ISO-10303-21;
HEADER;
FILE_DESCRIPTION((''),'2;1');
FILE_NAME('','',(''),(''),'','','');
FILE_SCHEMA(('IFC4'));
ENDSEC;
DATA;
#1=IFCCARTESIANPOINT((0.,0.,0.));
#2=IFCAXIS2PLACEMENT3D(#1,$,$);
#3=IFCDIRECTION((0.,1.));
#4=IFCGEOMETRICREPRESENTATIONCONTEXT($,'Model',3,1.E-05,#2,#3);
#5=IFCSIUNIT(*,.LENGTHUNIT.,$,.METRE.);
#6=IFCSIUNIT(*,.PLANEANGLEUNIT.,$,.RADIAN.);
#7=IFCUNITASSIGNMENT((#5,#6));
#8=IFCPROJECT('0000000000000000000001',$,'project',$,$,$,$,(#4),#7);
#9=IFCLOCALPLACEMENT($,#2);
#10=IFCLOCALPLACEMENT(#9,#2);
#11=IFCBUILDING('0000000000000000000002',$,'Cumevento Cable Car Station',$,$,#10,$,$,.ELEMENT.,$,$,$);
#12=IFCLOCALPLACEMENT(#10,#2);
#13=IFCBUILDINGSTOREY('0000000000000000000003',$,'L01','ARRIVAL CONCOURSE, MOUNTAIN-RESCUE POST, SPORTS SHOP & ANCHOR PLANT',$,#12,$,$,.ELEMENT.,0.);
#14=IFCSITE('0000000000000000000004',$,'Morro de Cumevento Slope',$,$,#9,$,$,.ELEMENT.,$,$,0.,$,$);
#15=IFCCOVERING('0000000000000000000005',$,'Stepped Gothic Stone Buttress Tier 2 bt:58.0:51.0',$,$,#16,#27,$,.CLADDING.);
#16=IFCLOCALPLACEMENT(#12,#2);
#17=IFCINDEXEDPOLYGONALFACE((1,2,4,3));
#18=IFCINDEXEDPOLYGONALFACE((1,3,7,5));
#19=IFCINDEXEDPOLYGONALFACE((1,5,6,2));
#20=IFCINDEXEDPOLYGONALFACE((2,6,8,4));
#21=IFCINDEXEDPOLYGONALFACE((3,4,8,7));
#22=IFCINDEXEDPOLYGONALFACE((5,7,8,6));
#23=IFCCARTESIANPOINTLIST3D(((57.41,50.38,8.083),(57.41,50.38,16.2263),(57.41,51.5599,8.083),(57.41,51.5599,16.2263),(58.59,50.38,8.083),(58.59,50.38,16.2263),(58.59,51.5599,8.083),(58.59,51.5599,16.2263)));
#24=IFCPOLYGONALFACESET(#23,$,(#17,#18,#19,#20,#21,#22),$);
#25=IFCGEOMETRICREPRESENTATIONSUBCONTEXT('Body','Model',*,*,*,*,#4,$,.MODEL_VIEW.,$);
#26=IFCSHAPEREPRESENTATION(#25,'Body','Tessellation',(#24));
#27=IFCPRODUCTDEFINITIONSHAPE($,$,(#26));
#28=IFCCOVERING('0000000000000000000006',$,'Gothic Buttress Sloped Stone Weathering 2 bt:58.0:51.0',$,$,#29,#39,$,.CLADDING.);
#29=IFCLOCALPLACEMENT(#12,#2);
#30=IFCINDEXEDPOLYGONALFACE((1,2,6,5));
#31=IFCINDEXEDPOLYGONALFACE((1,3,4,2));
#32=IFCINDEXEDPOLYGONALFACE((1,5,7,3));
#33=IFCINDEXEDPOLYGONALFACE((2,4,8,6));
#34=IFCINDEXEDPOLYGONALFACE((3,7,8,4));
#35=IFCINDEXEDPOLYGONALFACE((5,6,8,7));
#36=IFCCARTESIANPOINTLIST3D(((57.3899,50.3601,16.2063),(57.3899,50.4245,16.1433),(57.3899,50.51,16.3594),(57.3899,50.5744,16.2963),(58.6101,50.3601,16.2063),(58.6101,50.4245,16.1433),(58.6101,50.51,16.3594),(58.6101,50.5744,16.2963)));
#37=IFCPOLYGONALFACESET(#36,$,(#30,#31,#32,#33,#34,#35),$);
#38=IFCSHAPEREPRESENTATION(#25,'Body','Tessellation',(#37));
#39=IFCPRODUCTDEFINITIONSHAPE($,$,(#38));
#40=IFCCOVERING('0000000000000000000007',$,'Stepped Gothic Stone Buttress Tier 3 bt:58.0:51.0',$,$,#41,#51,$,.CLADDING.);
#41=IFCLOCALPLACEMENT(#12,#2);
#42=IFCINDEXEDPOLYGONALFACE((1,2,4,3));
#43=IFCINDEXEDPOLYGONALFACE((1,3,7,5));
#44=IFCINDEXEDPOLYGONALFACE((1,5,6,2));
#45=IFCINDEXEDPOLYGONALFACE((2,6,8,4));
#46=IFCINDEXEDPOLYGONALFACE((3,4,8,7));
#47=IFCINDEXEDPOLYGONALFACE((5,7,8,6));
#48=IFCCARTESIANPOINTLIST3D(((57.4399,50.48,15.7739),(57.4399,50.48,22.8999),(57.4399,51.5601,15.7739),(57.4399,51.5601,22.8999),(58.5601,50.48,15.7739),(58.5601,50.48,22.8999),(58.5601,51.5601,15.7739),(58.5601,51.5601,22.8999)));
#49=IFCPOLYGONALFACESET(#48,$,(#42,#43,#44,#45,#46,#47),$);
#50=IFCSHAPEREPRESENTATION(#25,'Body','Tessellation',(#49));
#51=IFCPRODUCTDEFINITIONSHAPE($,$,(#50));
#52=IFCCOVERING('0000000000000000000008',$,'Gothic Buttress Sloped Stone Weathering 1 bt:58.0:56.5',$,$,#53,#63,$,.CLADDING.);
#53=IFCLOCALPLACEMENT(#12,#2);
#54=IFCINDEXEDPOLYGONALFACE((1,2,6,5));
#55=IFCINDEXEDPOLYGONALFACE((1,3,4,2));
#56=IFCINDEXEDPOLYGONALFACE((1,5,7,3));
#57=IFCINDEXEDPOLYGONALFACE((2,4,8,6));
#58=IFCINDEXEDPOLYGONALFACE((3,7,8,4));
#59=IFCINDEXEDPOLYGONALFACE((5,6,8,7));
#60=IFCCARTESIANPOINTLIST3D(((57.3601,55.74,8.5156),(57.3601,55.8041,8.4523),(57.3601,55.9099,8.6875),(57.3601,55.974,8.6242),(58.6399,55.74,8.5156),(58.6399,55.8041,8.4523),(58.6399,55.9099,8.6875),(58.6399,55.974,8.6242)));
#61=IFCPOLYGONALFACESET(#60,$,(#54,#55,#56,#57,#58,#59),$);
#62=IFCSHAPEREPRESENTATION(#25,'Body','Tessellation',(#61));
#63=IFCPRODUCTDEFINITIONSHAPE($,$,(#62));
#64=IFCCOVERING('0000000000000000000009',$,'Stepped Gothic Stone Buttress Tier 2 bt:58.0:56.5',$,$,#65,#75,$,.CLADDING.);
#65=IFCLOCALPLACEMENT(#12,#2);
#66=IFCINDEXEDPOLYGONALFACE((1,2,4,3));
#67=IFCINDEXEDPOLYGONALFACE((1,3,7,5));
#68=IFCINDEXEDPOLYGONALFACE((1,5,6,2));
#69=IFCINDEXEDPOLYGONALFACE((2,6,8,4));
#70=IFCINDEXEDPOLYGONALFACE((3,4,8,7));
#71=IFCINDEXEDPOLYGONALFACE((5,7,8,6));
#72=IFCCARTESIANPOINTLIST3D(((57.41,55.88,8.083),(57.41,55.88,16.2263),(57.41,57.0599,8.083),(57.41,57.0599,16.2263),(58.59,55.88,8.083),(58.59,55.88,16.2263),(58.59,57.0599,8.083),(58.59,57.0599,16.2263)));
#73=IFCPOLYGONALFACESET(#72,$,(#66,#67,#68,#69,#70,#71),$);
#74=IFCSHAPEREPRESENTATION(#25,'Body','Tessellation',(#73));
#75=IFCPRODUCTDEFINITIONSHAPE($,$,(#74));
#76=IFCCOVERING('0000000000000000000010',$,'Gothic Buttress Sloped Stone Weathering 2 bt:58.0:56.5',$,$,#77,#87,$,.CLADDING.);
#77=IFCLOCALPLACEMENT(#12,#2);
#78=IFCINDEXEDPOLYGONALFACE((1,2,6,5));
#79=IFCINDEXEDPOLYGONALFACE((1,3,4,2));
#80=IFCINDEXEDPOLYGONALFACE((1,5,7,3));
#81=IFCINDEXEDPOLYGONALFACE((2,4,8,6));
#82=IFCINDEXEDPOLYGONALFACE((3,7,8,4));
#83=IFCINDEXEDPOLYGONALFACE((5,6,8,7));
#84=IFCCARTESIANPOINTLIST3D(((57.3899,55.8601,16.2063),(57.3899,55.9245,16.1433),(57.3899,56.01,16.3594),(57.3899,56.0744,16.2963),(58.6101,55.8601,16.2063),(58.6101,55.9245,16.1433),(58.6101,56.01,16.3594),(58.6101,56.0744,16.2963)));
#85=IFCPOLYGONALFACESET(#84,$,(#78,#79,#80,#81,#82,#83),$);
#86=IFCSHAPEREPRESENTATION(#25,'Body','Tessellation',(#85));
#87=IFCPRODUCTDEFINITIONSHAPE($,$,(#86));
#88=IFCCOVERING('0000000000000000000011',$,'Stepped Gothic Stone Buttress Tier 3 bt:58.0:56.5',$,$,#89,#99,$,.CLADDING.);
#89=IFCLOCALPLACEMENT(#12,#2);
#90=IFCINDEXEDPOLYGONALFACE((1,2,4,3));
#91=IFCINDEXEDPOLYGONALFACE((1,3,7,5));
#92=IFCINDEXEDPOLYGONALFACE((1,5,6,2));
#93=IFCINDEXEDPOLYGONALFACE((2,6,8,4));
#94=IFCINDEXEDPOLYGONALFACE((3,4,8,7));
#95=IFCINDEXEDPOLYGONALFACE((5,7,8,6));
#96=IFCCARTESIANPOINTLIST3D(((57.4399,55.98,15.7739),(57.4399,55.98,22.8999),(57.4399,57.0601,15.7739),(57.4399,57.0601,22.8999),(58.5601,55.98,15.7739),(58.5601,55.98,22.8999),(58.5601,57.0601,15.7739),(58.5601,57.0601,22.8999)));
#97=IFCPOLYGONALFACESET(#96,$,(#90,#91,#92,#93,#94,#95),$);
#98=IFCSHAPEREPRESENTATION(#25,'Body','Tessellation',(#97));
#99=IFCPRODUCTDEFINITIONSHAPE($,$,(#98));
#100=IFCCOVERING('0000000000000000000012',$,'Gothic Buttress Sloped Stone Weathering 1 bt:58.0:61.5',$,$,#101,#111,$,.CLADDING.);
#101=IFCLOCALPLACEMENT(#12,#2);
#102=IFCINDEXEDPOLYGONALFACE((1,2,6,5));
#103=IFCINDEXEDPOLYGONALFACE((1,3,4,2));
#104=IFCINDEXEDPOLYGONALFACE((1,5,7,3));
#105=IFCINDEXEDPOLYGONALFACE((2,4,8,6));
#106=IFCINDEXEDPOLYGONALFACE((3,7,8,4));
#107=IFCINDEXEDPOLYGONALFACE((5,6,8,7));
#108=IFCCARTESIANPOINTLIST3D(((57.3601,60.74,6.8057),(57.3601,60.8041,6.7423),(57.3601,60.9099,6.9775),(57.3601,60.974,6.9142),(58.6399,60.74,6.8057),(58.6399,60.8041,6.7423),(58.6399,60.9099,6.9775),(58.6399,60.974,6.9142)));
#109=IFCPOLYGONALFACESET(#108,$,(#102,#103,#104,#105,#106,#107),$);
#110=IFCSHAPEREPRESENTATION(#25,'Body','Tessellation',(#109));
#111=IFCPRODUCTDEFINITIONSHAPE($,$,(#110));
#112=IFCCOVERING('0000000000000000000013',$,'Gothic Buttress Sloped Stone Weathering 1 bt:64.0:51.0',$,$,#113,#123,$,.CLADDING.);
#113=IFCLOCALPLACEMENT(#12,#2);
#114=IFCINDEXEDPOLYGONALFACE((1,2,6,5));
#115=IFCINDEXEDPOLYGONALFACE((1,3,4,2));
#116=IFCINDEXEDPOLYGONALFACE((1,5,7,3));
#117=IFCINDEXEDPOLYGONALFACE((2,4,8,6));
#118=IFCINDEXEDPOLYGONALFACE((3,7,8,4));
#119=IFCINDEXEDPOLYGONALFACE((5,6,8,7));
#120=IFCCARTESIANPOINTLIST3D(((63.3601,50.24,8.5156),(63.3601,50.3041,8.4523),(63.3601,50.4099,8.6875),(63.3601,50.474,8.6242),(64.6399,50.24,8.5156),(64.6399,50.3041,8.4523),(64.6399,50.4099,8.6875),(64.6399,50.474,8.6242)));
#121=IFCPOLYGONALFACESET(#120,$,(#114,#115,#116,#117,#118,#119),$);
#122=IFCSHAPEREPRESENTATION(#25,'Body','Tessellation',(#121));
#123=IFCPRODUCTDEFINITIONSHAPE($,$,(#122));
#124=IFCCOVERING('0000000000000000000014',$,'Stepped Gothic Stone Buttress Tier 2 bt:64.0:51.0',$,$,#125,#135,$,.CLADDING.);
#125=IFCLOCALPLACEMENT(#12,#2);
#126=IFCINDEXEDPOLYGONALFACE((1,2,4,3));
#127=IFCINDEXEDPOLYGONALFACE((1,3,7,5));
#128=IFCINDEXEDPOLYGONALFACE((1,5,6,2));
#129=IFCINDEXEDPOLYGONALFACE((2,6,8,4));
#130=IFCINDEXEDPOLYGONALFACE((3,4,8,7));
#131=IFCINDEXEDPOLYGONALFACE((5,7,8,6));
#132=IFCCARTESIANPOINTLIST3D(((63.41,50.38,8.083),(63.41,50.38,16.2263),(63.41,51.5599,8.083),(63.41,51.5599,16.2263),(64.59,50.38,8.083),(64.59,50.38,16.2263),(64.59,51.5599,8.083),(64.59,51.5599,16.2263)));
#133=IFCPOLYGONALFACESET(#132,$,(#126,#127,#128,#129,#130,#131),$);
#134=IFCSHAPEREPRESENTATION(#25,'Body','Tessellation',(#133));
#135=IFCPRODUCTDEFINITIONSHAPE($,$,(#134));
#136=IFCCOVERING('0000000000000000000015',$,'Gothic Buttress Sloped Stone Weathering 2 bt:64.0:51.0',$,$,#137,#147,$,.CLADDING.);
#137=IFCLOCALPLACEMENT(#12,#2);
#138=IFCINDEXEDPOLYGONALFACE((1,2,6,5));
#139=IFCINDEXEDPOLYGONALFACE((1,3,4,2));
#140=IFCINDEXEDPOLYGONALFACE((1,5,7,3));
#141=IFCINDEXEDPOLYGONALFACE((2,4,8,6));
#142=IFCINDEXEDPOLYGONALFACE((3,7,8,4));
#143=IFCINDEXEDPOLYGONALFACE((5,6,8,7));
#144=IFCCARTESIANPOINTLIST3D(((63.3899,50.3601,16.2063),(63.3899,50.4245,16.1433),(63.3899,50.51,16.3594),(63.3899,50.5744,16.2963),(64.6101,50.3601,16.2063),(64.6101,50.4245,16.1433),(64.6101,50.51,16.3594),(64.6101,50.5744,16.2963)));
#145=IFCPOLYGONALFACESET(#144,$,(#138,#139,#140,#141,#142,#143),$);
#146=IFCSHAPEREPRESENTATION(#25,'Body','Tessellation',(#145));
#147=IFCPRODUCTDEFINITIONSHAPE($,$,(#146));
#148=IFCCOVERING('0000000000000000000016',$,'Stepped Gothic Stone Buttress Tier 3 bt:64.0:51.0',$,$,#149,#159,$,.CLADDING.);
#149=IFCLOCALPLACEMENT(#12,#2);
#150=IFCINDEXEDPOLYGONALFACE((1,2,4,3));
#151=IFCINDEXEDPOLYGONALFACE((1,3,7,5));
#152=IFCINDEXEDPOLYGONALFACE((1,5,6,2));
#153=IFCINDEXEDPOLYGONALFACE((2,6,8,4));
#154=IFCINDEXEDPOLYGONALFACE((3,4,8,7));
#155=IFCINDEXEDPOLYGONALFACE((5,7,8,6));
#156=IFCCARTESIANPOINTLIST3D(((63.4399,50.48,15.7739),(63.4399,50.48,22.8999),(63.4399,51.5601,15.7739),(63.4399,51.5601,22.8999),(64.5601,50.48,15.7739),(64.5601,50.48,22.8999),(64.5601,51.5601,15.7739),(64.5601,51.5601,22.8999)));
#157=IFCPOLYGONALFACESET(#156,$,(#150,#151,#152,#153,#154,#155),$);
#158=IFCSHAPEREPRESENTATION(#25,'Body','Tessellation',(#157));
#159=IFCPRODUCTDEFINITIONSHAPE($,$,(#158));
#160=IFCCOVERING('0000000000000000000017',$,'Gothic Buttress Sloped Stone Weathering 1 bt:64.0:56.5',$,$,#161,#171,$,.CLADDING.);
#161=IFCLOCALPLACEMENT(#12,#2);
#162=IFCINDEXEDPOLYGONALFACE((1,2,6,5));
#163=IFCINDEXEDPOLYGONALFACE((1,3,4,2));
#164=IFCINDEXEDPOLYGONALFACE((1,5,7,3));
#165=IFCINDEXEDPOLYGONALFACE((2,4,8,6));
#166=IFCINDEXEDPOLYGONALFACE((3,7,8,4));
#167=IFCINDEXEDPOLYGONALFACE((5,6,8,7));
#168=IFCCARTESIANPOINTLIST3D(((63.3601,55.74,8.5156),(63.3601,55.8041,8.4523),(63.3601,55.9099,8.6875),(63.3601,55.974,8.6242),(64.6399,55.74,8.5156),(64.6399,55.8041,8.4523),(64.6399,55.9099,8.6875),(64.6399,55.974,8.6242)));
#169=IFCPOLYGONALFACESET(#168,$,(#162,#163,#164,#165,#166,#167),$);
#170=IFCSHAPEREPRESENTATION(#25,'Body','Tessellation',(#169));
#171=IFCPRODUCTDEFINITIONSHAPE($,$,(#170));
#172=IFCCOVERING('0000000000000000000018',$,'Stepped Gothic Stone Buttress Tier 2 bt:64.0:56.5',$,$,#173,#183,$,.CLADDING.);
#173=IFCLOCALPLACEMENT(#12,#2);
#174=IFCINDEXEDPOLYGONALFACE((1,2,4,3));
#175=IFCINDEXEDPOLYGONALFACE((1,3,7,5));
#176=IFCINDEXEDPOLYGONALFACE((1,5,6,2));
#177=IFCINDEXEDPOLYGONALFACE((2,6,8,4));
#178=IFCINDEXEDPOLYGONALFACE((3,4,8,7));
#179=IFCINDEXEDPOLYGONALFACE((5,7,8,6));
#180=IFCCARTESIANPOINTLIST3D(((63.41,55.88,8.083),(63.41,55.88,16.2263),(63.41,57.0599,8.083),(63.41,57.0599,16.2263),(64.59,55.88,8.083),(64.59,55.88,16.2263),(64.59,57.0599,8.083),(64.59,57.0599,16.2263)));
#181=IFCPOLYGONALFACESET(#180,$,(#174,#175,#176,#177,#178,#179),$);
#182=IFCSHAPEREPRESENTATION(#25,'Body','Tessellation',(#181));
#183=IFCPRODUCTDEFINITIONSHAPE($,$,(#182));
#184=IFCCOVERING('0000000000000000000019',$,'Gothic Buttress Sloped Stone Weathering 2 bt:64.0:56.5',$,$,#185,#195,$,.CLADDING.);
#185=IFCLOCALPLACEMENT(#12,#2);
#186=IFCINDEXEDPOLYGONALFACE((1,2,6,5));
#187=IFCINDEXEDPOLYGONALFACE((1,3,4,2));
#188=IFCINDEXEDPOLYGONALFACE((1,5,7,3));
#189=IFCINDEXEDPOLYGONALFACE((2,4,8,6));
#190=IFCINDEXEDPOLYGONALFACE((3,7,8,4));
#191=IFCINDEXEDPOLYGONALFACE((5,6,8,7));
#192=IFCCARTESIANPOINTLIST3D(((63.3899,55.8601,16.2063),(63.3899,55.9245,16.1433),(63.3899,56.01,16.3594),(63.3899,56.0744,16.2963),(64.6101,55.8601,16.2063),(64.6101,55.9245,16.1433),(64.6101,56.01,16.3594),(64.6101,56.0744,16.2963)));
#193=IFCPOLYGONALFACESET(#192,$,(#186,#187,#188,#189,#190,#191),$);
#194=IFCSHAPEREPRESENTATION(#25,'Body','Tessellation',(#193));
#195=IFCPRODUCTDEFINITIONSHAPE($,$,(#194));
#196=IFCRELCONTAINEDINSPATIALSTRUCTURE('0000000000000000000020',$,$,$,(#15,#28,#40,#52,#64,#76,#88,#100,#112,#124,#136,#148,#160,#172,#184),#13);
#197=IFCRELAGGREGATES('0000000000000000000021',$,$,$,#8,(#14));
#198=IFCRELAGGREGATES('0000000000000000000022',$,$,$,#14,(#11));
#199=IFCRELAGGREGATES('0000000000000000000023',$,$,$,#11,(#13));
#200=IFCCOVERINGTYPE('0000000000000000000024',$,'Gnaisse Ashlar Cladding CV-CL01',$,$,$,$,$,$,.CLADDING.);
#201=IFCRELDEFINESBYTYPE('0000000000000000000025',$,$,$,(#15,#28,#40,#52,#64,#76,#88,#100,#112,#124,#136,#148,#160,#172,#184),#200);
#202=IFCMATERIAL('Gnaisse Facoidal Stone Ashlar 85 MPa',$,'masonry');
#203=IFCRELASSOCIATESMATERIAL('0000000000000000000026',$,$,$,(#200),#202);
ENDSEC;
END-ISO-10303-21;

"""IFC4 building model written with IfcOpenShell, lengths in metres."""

from ifc_helpers import new_model, si_unit, direction, frame, origin, origin_2d, place, context, subcontext, project, spatial, polyline, rectangle, outline, extrude, material, type_object, element, save


model = new_model("IFC4")

# Units and contexts
model_context = context("Model", 3, precision=1e-05, world=origin(), true_north=direction((0.0, 1.0)))
body_context = subcontext(model_context, "Body", "Model", "MODEL_VIEW")
ifc_project = project(units=[si_unit("LENGTHUNIT", "METRE"), si_unit("PLANEANGLEUNIT", "RADIAN")], contexts=[model_context])

# Site, building, storey
site_placement = place(None, origin())
site = spatial("IfcSite", under=ifc_project, at=site_placement, Name="Morro de Cumevento Slope", CompositionType="ELEMENT", RefElevation=0.0)
building_placement = place(site_placement, origin())
building = spatial("IfcBuilding", under=site, at=building_placement, Name="Cumevento Cable Car Station", CompositionType="ELEMENT")
storey_placement = place(building_placement, origin())
storey = spatial("IfcBuildingStorey", under=building, at=storey_placement, Name="L01", Description="ARRIVAL CONCOURSE, MOUNTAIN-RESCUE POST, SPORTS SHOP & ANCHOR PLANT", CompositionType="ELEMENT", Elevation=0.0)

# Coverings
ifc_material = material(Name="Gnaisse Facoidal Stone Ashlar 85 MPa", Category="masonry")
covering_type = type_object("IfcCoveringType", Name="Gnaisse Ashlar Cladding CV-CL01", PredefinedType="CLADDING", material=ifc_material)
covering_1_placement = place(storey_placement, frame((58.0, 50.97, 8.083), z_axis=(0.0, 0.0, 1.0), x_axis=(1.0, 0.0, 0.0)))
element("IfcCovering", 1, at=covering_1_placement, inside=storey, type_object=covering_type, Name="Stepped Gothic Stone Buttress Tier 2 bt:58.0:51.0", PredefinedType="CLADDING", context=body_context, shape_type="SweptSolid", body=[
    extrude(rectangle(XDim=1.1799, YDim=1.1799, at=origin_2d()), origin(), (0.0, 0.0, 1.0), 8.1433),
])
covering_2_placement = place(storey_placement, frame((57.3899, 50.3601, 16.2063), z_axis=(0.0, -0.714475, 0.699661), x_axis=(1.0, 0.0, 0.0)))
element("IfcCovering", 2, at=covering_2_placement, inside=storey, type_object=covering_type, Name="Gothic Buttress Sloped Stone Weathering 2 bt:58.0:51.0", PredefinedType="CLADDING", context=body_context, shape_type="SweptSolid", body=[
    extrude(outline(polyline([(0.0, 0.0), (1.2202, 0.0), (1.2202, 0.2142), (0.0, 0.2142), (0.0, 0.0)])), origin(), (0.0, 0.0, -1.0), 0.0901),
])
covering_3_placement = place(storey_placement, frame((58.0, 51.02, 15.7739), z_axis=(0.0, 0.0, 1.0), x_axis=(1.0, 0.0, 0.0)))
element("IfcCovering", 3, at=covering_3_placement, inside=storey, type_object=covering_type, Name="Stepped Gothic Stone Buttress Tier 3 bt:58.0:51.0", PredefinedType="CLADDING", context=body_context, shape_type="SweptSolid", body=[
    extrude(rectangle(XDim=1.1201, YDim=1.0801, at=origin_2d()), origin(), (0.0, 0.0, 1.0), 7.126),
])
covering_4_placement = place(storey_placement, frame((57.3601, 55.74, 8.5156), z_axis=(0.0, -0.711136, 0.703055), x_axis=(1.0, 0.0, 0.0)))
element("IfcCovering", 4, at=covering_4_placement, inside=storey, type_object=covering_type, Name="Gothic Buttress Sloped Stone Weathering 1 bt:58.0:56.5", PredefinedType="CLADDING", context=body_context, shape_type="SweptSolid", body=[
    extrude(outline(polyline([(0.0, 0.0), (1.2798, 0.0), (1.2798, 0.2417), (0.0, 0.2417), (0.0, 0.0)])), origin(), (0.0, 0.0, -1.0), 0.0901),
])
covering_5_placement = place(storey_placement, frame((58.0, 56.47, 8.083), z_axis=(0.0, 0.0, 1.0), x_axis=(1.0, 0.0, 0.0)))
element("IfcCovering", 5, at=covering_5_placement, inside=storey, type_object=covering_type, Name="Stepped Gothic Stone Buttress Tier 2 bt:58.0:56.5", PredefinedType="CLADDING", context=body_context, shape_type="SweptSolid", body=[
    extrude(rectangle(XDim=1.1799, YDim=1.1799, at=origin_2d()), origin(), (0.0, 0.0, 1.0), 8.1433),
])
covering_6_placement = place(storey_placement, frame((57.3899, 55.8601, 16.2063), z_axis=(0.0, -0.714475, 0.699661), x_axis=(1.0, 0.0, 0.0)))
element("IfcCovering", 6, at=covering_6_placement, inside=storey, type_object=covering_type, Name="Gothic Buttress Sloped Stone Weathering 2 bt:58.0:56.5", PredefinedType="CLADDING", context=body_context, shape_type="SweptSolid", body=[
    extrude(outline(polyline([(0.0, 0.0), (1.2202, 0.0), (1.2202, 0.2142), (0.0, 0.2142), (0.0, 0.0)])), origin(), (0.0, 0.0, -1.0), 0.0901),
])
covering_7_placement = place(storey_placement, frame((58.0, 56.52, 15.7739), z_axis=(0.0, 0.0, 1.0), x_axis=(1.0, 0.0, 0.0)))
element("IfcCovering", 7, at=covering_7_placement, inside=storey, type_object=covering_type, Name="Stepped Gothic Stone Buttress Tier 3 bt:58.0:56.5", PredefinedType="CLADDING", context=body_context, shape_type="SweptSolid", body=[
    extrude(rectangle(XDim=1.1201, YDim=1.0801, at=origin_2d()), origin(), (0.0, 0.0, 1.0), 7.126),
])
for number, where, z_axis, x_axis, name in (
    (8, (57.3601, 60.74, 6.8057), (0.0, -0.711136, 0.703055), (1.0, 0.0, 0.0), "Gothic Buttress Sloped Stone Weathering 1 bt:58.0:61.5"),
    (9, (63.3601, 50.24, 8.5156), (0.0, -0.711136, 0.703055), (1.0, 0.0, 0.0), "Gothic Buttress Sloped Stone Weathering 1 bt:64.0:51.0"),
):
    element("IfcCovering", number, at=place(storey_placement, frame(where, z_axis=z_axis, x_axis=x_axis)), inside=storey, type_object=covering_type, Name=name, PredefinedType="CLADDING", context=body_context, shape_type="SweptSolid", body=[
        extrude(outline(polyline([(0.0, 0.0), (1.2798, 0.0), (1.2798, 0.2417), (0.0, 0.2417), (0.0, 0.0)])), origin(), (0.0, 0.0, -1.0), 0.0901),
    ])
covering_8_placement = place(storey_placement, frame((64.0, 50.97, 8.083), z_axis=(0.0, 0.0, 1.0), x_axis=(1.0, 0.0, 0.0)))
element("IfcCovering", 10, at=covering_8_placement, inside=storey, type_object=covering_type, Name="Stepped Gothic Stone Buttress Tier 2 bt:64.0:51.0", PredefinedType="CLADDING", context=body_context, shape_type="SweptSolid", body=[
    extrude(rectangle(XDim=1.1799, YDim=1.1799, at=origin_2d()), origin(), (0.0, 0.0, 1.0), 8.1433),
])
covering_9_placement = place(storey_placement, frame((63.3899, 50.3601, 16.2063), z_axis=(0.0, -0.714475, 0.699661), x_axis=(1.0, 0.0, 0.0)))
element("IfcCovering", 11, at=covering_9_placement, inside=storey, type_object=covering_type, Name="Gothic Buttress Sloped Stone Weathering 2 bt:64.0:51.0", PredefinedType="CLADDING", context=body_context, shape_type="SweptSolid", body=[
    extrude(outline(polyline([(0.0, 0.0), (1.2202, 0.0), (1.2202, 0.2142), (0.0, 0.2142), (0.0, 0.0)])), origin(), (0.0, 0.0, -1.0), 0.0901),
])
covering_10_placement = place(storey_placement, frame((64.0, 51.02, 15.7739), z_axis=(0.0, 0.0, 1.0), x_axis=(1.0, 0.0, 0.0)))
element("IfcCovering", 12, at=covering_10_placement, inside=storey, type_object=covering_type, Name="Stepped Gothic Stone Buttress Tier 3 bt:64.0:51.0", PredefinedType="CLADDING", context=body_context, shape_type="SweptSolid", body=[
    extrude(rectangle(XDim=1.1201, YDim=1.0801, at=origin_2d()), origin(), (0.0, 0.0, 1.0), 7.126),
])
covering_11_placement = place(storey_placement, frame((63.3601, 55.74, 8.5156), z_axis=(0.0, -0.711136, 0.703055), x_axis=(1.0, 0.0, 0.0)))
element("IfcCovering", 13, at=covering_11_placement, inside=storey, type_object=covering_type, Name="Gothic Buttress Sloped Stone Weathering 1 bt:64.0:56.5", PredefinedType="CLADDING", context=body_context, shape_type="SweptSolid", body=[
    extrude(outline(polyline([(0.0, 0.0), (1.2798, 0.0), (1.2798, 0.2417), (0.0, 0.2417), (0.0, 0.0)])), origin(), (0.0, 0.0, -1.0), 0.0901),
])
covering_12_placement = place(storey_placement, frame((64.0, 56.47, 8.083), z_axis=(0.0, 0.0, 1.0), x_axis=(1.0, 0.0, 0.0)))
element("IfcCovering", 14, at=covering_12_placement, inside=storey, type_object=covering_type, Name="Stepped Gothic Stone Buttress Tier 2 bt:64.0:56.5", PredefinedType="CLADDING", context=body_context, shape_type="SweptSolid", body=[
    extrude(rectangle(XDim=1.1799, YDim=1.1799, at=origin_2d()), origin(), (0.0, 0.0, 1.0), 8.1433),
])
covering_13_placement = place(storey_placement, frame((63.3899, 55.8601, 16.2063), z_axis=(0.0, -0.714475, 0.699661), x_axis=(1.0, 0.0, 0.0)))
element("IfcCovering", 15, at=covering_13_placement, inside=storey, type_object=covering_type, Name="Gothic Buttress Sloped Stone Weathering 2 bt:64.0:56.5", PredefinedType="CLADDING", context=body_context, shape_type="SweptSolid", body=[
    extrude(outline(polyline([(0.0, 0.0), (1.2202, 0.0), (1.2202, 0.2142), (0.0, 0.2142), (0.0, 0.0)])), origin(), (0.0, 0.0, -1.0), 0.0901),
])

save(model, "model.ifc")
